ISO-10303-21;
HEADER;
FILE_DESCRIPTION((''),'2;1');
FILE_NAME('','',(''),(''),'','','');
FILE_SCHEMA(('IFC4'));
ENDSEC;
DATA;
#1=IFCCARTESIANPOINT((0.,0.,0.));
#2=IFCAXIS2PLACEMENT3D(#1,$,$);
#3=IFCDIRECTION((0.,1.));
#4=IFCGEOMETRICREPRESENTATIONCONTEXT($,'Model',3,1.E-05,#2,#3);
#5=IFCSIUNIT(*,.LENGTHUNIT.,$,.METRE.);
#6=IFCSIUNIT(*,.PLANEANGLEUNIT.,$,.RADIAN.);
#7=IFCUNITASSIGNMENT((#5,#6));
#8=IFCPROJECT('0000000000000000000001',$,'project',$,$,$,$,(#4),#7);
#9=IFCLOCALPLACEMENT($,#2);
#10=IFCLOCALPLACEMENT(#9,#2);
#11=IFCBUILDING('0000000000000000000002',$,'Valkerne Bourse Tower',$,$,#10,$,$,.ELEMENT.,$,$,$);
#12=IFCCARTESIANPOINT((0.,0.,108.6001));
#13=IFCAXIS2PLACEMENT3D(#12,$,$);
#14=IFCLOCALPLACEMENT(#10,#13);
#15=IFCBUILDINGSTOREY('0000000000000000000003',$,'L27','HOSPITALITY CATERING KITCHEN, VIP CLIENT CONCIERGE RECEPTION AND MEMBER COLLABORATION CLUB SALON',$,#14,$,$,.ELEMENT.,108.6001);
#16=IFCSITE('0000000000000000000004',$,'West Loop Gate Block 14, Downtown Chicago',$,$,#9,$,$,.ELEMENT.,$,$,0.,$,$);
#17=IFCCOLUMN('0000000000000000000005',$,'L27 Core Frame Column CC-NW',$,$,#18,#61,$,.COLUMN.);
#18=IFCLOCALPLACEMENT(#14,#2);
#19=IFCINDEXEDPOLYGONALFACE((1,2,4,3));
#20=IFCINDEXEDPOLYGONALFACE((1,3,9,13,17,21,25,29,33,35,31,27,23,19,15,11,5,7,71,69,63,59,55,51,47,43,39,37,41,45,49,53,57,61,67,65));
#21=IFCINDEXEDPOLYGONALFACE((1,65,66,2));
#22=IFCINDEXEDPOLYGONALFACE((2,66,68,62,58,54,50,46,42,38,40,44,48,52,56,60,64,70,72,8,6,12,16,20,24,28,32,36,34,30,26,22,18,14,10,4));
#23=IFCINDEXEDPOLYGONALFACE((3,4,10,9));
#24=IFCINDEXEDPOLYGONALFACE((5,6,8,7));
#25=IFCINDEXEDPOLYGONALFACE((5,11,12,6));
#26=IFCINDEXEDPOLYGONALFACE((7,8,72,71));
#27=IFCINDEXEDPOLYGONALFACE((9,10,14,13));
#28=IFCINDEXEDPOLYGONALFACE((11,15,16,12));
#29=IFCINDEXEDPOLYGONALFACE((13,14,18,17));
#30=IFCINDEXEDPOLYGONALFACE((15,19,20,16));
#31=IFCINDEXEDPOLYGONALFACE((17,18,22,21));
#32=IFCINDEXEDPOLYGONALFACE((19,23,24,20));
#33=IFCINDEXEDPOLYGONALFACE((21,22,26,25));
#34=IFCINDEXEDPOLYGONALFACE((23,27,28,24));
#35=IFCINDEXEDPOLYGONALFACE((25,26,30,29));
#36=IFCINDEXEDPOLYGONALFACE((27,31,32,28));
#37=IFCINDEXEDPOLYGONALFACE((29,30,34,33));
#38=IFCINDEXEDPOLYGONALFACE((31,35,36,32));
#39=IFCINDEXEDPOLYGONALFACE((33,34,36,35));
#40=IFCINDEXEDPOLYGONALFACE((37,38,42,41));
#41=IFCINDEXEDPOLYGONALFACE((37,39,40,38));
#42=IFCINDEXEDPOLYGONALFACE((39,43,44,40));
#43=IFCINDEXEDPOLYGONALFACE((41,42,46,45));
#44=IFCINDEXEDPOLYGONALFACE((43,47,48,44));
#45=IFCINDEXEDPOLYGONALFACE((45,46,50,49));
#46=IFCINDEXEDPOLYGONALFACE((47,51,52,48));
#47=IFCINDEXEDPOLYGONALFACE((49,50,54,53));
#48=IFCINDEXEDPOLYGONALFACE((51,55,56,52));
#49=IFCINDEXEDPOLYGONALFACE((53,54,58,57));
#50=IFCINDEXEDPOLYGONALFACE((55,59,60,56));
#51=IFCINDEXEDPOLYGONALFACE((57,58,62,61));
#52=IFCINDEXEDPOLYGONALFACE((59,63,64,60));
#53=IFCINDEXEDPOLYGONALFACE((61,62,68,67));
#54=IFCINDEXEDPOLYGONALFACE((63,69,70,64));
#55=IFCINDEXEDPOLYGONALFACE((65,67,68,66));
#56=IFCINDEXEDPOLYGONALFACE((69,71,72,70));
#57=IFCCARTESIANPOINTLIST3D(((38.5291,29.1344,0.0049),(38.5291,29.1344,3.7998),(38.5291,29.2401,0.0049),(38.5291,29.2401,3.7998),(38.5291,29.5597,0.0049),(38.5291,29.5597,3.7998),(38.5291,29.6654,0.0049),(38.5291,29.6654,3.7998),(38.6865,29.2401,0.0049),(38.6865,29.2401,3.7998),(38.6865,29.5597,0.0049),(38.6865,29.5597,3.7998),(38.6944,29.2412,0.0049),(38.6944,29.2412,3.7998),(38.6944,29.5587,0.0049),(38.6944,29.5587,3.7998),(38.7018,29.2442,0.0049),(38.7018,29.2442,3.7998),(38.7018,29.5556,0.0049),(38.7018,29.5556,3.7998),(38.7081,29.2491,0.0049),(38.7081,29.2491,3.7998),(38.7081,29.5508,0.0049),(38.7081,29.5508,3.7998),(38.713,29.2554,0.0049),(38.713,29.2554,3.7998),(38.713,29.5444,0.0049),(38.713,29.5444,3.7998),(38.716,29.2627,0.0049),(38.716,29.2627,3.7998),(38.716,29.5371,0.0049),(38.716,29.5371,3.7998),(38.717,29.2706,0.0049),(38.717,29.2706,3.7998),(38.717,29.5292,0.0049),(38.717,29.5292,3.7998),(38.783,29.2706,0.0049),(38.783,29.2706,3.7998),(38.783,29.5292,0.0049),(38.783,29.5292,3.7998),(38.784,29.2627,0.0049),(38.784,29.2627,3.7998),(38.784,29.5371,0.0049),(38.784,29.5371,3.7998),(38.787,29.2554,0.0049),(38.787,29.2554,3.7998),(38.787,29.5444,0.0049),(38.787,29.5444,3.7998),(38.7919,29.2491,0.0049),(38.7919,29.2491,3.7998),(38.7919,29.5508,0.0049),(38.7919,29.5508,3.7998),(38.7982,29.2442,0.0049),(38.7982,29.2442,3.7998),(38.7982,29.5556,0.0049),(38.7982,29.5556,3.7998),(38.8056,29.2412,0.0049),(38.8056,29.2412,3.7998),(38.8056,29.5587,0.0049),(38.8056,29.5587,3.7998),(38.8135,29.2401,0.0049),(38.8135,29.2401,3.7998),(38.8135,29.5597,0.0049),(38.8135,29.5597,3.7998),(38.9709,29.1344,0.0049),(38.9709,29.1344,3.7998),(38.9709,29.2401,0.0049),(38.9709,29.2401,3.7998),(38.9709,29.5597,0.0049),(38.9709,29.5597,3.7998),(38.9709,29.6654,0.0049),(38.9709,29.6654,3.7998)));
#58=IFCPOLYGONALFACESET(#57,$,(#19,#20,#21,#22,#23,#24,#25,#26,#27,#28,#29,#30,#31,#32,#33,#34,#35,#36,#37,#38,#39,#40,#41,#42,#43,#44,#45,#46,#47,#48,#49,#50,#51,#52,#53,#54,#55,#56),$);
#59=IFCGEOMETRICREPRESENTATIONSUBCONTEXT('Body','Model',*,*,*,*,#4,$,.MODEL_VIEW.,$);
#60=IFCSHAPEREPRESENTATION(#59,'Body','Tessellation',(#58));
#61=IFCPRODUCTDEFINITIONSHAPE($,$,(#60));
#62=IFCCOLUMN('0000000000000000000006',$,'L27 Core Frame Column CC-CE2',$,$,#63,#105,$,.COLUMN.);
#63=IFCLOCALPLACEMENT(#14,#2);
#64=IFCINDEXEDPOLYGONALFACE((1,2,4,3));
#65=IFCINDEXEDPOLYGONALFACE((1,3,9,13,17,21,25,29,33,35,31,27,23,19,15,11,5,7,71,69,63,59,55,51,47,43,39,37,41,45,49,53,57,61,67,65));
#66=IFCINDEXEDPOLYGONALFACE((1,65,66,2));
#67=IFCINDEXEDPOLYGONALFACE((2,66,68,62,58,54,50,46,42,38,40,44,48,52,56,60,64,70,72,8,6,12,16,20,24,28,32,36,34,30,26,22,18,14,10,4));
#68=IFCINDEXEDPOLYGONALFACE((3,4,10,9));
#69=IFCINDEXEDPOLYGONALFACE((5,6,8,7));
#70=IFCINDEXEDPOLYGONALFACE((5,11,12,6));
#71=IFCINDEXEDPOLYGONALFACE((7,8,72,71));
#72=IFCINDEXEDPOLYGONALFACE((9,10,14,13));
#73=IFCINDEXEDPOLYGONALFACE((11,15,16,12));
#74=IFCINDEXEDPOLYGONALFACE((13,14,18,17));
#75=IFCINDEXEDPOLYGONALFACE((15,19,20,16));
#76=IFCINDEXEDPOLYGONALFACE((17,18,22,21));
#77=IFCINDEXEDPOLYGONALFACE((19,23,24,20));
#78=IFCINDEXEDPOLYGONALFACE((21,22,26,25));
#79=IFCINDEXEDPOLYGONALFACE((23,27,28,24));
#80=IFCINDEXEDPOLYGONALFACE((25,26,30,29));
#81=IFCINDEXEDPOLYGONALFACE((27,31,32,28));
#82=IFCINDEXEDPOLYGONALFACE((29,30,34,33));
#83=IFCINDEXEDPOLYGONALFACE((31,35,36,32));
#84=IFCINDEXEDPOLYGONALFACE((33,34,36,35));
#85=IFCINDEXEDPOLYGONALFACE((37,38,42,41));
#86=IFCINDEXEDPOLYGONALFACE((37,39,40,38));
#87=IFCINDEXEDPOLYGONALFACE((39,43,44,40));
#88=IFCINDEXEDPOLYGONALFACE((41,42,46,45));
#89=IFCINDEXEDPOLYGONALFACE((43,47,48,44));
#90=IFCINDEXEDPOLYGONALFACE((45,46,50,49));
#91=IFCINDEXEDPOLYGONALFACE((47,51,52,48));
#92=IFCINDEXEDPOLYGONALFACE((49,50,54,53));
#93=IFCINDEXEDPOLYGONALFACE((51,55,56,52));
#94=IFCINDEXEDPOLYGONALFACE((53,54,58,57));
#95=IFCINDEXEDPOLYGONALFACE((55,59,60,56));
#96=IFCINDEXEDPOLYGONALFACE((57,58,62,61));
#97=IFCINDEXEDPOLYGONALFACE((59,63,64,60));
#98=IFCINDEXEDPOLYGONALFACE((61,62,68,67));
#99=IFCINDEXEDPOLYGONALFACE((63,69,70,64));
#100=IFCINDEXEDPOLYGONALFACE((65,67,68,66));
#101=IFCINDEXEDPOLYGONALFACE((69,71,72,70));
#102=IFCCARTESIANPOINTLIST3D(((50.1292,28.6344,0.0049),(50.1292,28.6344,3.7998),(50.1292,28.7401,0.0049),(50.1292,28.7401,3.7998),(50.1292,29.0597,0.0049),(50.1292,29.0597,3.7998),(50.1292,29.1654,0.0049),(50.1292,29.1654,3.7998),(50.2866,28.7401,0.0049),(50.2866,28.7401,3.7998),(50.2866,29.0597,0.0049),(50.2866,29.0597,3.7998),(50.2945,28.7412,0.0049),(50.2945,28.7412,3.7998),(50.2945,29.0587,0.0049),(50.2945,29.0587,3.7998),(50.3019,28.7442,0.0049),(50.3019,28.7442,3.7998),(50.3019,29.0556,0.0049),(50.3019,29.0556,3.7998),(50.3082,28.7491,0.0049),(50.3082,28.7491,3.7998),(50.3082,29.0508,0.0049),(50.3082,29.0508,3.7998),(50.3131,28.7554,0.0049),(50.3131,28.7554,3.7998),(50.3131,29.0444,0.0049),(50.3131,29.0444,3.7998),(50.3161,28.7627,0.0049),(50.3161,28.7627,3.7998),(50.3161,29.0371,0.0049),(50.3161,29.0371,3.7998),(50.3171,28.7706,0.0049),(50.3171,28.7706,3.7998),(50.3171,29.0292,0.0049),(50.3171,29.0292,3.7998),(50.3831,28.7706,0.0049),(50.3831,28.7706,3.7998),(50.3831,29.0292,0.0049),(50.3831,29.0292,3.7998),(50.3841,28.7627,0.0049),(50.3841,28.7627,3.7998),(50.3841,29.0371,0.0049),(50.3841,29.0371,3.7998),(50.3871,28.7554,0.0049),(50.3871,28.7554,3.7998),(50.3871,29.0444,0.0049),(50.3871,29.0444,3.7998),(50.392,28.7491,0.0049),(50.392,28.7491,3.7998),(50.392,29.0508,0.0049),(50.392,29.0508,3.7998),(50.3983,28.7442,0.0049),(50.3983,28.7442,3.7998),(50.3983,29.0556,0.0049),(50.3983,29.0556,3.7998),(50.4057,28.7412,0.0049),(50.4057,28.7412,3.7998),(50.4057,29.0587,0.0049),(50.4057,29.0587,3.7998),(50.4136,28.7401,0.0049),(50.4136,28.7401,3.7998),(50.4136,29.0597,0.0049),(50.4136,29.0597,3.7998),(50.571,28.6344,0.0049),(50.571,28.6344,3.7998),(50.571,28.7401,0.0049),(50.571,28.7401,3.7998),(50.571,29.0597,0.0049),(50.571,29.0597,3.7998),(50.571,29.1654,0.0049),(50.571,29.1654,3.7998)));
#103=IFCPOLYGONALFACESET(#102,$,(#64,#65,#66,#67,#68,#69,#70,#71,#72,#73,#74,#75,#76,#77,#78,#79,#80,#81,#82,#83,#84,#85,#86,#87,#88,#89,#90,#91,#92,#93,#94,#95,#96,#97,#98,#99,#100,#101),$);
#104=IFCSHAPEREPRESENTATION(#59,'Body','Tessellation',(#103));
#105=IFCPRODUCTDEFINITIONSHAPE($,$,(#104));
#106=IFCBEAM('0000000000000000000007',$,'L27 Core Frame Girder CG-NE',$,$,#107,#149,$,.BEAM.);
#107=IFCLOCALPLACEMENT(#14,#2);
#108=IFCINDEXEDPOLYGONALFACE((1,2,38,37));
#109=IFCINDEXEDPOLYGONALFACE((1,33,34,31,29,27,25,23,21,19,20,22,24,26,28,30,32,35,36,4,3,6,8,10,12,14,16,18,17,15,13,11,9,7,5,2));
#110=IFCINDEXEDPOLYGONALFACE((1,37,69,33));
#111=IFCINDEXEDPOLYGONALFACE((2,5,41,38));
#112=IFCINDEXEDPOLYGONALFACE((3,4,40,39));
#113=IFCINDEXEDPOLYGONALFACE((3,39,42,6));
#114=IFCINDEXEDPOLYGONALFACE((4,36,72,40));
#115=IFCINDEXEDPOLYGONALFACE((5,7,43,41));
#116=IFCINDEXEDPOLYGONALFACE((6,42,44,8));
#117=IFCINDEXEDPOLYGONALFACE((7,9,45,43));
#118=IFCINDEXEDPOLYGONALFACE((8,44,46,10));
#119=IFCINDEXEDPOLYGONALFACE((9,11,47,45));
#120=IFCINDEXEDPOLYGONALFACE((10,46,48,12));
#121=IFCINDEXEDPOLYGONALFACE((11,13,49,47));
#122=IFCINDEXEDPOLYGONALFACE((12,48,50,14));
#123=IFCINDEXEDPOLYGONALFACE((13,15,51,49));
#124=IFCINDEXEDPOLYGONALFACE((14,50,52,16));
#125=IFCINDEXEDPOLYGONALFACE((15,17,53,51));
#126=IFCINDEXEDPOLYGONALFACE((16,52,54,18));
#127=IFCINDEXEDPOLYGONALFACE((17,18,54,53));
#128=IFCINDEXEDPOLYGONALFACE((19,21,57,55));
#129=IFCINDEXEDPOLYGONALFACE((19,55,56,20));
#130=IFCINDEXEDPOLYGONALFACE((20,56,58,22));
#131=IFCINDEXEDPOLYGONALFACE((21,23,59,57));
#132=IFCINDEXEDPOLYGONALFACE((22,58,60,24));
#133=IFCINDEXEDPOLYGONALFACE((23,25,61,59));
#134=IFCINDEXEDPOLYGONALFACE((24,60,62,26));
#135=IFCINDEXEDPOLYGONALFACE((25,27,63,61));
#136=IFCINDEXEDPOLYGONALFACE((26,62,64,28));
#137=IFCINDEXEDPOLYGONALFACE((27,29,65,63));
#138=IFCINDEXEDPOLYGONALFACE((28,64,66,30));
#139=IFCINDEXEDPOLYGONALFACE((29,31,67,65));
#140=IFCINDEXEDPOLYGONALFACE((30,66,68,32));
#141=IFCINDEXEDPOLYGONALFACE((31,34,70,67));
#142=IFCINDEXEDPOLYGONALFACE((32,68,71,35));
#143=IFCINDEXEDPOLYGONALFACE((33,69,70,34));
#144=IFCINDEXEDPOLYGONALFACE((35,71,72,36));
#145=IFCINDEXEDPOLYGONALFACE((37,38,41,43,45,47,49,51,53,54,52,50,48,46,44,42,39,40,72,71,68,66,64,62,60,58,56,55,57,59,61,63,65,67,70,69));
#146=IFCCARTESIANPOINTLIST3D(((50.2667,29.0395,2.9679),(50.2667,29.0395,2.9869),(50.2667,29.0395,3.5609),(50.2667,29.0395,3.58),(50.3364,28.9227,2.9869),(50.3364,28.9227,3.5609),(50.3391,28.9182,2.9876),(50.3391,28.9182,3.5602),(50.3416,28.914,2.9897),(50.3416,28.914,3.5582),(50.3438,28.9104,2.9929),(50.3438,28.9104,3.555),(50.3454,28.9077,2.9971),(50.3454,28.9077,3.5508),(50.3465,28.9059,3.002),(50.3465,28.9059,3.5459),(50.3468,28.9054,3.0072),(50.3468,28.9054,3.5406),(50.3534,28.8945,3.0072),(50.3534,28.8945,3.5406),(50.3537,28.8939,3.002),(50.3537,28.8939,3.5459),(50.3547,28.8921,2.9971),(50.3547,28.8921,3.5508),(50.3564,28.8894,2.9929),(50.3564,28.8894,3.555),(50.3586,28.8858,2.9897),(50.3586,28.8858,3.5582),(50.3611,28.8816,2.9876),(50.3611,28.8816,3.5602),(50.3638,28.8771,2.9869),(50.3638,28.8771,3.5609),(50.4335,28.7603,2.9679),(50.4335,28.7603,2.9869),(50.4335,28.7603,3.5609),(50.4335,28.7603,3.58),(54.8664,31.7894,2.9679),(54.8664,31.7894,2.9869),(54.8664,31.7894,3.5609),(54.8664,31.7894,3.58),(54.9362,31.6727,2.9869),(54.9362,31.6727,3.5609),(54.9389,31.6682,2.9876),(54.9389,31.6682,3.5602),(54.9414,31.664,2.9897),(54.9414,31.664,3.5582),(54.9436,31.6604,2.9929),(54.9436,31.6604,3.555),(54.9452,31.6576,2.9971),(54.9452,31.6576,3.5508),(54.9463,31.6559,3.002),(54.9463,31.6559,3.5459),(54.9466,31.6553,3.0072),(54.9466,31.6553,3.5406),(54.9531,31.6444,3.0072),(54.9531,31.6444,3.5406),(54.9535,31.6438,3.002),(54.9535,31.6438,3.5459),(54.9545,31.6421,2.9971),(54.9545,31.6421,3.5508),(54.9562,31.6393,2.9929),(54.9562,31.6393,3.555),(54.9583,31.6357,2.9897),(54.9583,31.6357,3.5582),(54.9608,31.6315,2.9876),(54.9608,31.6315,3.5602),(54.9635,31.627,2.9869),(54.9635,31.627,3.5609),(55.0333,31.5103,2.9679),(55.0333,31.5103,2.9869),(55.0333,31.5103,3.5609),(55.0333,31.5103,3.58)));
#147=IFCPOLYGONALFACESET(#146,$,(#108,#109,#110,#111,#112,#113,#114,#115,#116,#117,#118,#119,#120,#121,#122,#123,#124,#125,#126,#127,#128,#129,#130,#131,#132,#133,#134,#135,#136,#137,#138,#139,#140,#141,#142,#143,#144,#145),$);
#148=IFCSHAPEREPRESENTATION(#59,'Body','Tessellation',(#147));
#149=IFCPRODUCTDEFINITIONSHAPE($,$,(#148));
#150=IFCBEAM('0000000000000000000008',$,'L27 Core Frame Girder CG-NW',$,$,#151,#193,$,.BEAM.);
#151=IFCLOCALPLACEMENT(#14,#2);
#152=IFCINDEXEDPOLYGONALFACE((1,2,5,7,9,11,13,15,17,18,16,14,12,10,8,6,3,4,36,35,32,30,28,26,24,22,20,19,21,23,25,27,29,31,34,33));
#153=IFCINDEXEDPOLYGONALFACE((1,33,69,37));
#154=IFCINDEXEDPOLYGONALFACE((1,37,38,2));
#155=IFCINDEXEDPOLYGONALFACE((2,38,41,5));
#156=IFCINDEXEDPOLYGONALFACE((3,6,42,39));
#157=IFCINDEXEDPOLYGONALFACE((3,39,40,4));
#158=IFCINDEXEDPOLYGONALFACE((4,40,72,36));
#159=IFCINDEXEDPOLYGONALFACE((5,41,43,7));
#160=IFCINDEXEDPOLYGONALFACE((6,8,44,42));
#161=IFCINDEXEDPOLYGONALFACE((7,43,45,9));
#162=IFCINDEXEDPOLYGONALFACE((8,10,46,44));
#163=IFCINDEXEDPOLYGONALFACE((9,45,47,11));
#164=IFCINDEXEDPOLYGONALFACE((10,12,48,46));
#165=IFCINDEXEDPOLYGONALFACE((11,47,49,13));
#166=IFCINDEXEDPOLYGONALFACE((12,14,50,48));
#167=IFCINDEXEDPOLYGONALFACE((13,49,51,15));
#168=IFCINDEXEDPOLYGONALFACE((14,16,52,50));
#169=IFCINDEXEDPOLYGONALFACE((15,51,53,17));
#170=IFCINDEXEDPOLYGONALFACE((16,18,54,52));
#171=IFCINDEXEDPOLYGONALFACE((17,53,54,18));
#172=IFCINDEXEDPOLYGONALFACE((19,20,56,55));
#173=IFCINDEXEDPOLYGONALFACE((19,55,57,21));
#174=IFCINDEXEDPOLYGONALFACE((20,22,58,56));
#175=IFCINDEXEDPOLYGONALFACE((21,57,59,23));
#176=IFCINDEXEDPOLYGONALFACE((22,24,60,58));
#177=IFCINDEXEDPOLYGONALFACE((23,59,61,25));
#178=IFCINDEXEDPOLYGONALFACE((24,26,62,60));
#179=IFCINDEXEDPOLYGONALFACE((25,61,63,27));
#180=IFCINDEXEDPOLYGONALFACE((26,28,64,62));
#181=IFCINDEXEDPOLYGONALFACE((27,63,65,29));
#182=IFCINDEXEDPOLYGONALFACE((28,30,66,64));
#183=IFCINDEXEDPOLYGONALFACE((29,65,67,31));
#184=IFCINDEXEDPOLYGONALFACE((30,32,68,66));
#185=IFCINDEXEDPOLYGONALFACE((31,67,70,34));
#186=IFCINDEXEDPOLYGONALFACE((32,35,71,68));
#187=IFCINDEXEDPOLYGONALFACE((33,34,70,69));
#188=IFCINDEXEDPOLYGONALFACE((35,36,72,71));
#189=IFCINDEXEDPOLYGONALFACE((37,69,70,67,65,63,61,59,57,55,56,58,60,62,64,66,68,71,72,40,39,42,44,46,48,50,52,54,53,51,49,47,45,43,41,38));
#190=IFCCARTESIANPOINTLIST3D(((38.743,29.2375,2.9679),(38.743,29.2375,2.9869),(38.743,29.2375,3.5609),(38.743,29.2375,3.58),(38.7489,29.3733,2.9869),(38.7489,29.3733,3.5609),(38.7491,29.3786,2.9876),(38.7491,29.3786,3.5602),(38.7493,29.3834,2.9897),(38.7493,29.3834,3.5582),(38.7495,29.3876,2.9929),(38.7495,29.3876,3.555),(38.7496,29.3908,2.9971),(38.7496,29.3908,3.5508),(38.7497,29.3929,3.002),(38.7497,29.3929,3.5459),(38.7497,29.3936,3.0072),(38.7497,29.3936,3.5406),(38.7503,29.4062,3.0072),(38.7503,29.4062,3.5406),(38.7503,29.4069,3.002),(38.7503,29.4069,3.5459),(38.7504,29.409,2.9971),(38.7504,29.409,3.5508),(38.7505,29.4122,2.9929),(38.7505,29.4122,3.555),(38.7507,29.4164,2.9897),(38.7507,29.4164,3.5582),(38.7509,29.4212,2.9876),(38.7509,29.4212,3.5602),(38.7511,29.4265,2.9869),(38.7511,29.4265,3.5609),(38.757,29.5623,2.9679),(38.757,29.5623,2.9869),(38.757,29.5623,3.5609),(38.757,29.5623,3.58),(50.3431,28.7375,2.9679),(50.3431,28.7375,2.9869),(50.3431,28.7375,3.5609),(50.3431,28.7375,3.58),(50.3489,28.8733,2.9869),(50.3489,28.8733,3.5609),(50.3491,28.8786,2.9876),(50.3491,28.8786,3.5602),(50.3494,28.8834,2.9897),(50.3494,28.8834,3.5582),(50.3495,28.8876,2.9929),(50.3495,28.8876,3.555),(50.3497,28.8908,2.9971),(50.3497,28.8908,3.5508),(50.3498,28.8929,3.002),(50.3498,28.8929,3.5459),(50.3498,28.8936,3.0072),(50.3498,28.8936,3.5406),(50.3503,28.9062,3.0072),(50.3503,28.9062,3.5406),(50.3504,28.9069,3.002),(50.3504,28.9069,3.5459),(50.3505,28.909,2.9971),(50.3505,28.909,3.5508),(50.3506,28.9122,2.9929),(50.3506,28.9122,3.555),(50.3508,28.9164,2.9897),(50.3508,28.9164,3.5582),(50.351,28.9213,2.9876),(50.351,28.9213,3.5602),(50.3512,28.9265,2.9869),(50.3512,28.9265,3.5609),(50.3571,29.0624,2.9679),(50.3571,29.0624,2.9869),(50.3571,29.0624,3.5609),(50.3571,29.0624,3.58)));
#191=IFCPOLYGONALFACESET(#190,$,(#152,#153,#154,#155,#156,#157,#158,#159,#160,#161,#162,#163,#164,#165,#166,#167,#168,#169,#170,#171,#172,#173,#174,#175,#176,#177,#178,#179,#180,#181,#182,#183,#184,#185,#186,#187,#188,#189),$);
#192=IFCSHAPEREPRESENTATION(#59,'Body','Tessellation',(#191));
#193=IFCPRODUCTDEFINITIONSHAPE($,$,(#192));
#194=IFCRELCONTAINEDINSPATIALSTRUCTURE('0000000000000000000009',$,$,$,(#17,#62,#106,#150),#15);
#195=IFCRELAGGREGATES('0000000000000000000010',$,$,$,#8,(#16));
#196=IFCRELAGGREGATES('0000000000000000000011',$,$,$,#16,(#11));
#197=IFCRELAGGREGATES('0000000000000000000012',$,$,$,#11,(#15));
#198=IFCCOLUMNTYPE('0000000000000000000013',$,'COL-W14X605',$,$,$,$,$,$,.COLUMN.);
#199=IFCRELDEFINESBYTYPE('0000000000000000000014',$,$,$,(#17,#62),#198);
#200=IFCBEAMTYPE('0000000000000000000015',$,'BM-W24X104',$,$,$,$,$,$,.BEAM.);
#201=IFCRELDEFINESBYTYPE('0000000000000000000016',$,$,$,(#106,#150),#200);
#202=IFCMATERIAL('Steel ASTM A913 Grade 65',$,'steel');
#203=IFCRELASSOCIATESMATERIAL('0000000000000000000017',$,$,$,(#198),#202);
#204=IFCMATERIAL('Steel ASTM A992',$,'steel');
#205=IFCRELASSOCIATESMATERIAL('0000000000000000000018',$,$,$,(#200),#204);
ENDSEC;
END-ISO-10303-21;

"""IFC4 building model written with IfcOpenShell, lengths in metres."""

from ifc_helpers import new_model, si_unit, direction, frame, origin, origin_2d, place, context, subcontext, project, spatial, i_section, extrude, material, material_profile, profile_set, type_object, element, save


model = new_model("IFC4")

# Units and contexts
model_context = context("Model", 3, precision=1e-05, world=origin(), true_north=direction((0.0, 1.0)))
body_context = subcontext(model_context, "Body", "Model", "MODEL_VIEW")
ifc_project = project(units=[si_unit("LENGTHUNIT", "METRE"), si_unit("PLANEANGLEUNIT", "RADIAN")], contexts=[model_context])

# Site, building, storey
site_placement = place(None, origin())
site = spatial("IfcSite", under=ifc_project, at=site_placement, Name="West Loop Gate Block 14, Downtown Chicago", CompositionType="ELEMENT", RefElevation=0.0)
building_placement = place(site_placement, origin())
building = spatial("IfcBuilding", under=site, at=building_placement, Name="Valkerne Bourse Tower", CompositionType="ELEMENT")
storey_placement = place(building_placement, frame((0.0, 0.0, 108.6001)))
storey = spatial("IfcBuildingStorey", under=building, at=storey_placement, Name="L27", Description="HOSPITALITY CATERING KITCHEN, VIP CLIENT CONCIERGE RECEPTION AND MEMBER COLLABORATION CLUB SALON", CompositionType="ELEMENT", Elevation=108.6001)

# Columns
ifc_material_1 = material(Name="Steel ASTM A913 Grade 65", Category="steel")
ifc_material_profile_1 = material_profile(ifc_material_1, i_section(OverallWidth=0.4419, OverallDepth=0.531, WebThickness=0.0659, FlangeThickness=0.1057, FilletRadius=0.0305, at=origin_2d()), Name="W14X605")
ifc_profile_set_1 = profile_set([ifc_material_profile_1], Name="Steel ASTM A913 Grade 65")
column_type = type_object("IfcColumnType", Name="COL-W14X605", PredefinedType="COLUMN", material=ifc_profile_set_1)
for number, where, z_axis, x_axis, name in (
    (1, (38.75, 29.3999, 0.0049), (0.0, 0.0, 1.0), (1.0, 0.0, 0.0), "L27 Core Frame Column CC-NW"),
    (2, (50.3501, 28.8999, 0.0049), (0.0, 0.0, 1.0), (1.0, 0.0, 0.0), "L27 Core Frame Column CC-CE2"),
):
    element("IfcColumn", number, at=place(storey_placement, frame(where, z_axis=z_axis, x_axis=x_axis)), inside=storey, type_object=column_type, Name=name, PredefinedType="COLUMN", context=body_context, shape_type="SweptSolid", body=[
        extrude(i_section(OverallWidth=0.4419, OverallDepth=0.531, WebThickness=0.0659, FlangeThickness=0.1057, FilletRadius=0.0305, at=origin_2d()), origin(), (0.0, 0.0, 1.0), 3.7949),
    ])

# Beams
ifc_material_2 = material(Name="Steel ASTM A992", Category="steel")
ifc_material_profile_2 = material_profile(ifc_material_2, i_section(OverallWidth=0.3252, OverallDepth=0.6121, WebThickness=0.0127, FlangeThickness=0.019, FilletRadius=0.0203, at=origin_2d()), Name="W24X104")
ifc_profile_set_2 = profile_set([ifc_material_profile_2], Name="Steel ASTM A992")
beam_type = type_object("IfcBeamType", Name="BM-W24X104", PredefinedType="BEAM", material=ifc_profile_set_2)
beam_1_placement = place(storey_placement, frame((50.3501, 28.8999, 3.2739), z_axis=(0.858308, 0.513135, 0.0), x_axis=(-0.513135, 0.858308, 0.0)))
element("IfcBeam", 3, at=beam_1_placement, inside=storey, type_object=beam_type, Name="L27 Core Frame Girder CG-NE", PredefinedType="BEAM", context=body_context, shape_type="SweptSolid", body=[
    extrude(i_section(OverallWidth=0.3252, OverallDepth=0.6121, WebThickness=0.0127, FlangeThickness=0.019, FilletRadius=0.0203, at=origin_2d()), origin(), (0.0, 0.0, 1.0), 5.3591),
])
beam_2_placement = place(storey_placement, frame((38.75, 29.3999, 3.2739), z_axis=(0.999072, -0.043063, 0.0), x_axis=(0.043063, 0.999072, 0.0)))
element("IfcBeam", 4, at=beam_2_placement, inside=storey, type_object=beam_type, Name="L27 Core Frame Girder CG-NW", PredefinedType="BEAM", context=body_context, shape_type="SweptSolid", body=[
    extrude(i_section(OverallWidth=0.3252, OverallDepth=0.6121, WebThickness=0.0127, FlangeThickness=0.019, FilletRadius=0.0203, at=origin_2d()), origin(), (0.0, 0.0, 1.0), 11.6108),
])

save(model, "model.ifc")
